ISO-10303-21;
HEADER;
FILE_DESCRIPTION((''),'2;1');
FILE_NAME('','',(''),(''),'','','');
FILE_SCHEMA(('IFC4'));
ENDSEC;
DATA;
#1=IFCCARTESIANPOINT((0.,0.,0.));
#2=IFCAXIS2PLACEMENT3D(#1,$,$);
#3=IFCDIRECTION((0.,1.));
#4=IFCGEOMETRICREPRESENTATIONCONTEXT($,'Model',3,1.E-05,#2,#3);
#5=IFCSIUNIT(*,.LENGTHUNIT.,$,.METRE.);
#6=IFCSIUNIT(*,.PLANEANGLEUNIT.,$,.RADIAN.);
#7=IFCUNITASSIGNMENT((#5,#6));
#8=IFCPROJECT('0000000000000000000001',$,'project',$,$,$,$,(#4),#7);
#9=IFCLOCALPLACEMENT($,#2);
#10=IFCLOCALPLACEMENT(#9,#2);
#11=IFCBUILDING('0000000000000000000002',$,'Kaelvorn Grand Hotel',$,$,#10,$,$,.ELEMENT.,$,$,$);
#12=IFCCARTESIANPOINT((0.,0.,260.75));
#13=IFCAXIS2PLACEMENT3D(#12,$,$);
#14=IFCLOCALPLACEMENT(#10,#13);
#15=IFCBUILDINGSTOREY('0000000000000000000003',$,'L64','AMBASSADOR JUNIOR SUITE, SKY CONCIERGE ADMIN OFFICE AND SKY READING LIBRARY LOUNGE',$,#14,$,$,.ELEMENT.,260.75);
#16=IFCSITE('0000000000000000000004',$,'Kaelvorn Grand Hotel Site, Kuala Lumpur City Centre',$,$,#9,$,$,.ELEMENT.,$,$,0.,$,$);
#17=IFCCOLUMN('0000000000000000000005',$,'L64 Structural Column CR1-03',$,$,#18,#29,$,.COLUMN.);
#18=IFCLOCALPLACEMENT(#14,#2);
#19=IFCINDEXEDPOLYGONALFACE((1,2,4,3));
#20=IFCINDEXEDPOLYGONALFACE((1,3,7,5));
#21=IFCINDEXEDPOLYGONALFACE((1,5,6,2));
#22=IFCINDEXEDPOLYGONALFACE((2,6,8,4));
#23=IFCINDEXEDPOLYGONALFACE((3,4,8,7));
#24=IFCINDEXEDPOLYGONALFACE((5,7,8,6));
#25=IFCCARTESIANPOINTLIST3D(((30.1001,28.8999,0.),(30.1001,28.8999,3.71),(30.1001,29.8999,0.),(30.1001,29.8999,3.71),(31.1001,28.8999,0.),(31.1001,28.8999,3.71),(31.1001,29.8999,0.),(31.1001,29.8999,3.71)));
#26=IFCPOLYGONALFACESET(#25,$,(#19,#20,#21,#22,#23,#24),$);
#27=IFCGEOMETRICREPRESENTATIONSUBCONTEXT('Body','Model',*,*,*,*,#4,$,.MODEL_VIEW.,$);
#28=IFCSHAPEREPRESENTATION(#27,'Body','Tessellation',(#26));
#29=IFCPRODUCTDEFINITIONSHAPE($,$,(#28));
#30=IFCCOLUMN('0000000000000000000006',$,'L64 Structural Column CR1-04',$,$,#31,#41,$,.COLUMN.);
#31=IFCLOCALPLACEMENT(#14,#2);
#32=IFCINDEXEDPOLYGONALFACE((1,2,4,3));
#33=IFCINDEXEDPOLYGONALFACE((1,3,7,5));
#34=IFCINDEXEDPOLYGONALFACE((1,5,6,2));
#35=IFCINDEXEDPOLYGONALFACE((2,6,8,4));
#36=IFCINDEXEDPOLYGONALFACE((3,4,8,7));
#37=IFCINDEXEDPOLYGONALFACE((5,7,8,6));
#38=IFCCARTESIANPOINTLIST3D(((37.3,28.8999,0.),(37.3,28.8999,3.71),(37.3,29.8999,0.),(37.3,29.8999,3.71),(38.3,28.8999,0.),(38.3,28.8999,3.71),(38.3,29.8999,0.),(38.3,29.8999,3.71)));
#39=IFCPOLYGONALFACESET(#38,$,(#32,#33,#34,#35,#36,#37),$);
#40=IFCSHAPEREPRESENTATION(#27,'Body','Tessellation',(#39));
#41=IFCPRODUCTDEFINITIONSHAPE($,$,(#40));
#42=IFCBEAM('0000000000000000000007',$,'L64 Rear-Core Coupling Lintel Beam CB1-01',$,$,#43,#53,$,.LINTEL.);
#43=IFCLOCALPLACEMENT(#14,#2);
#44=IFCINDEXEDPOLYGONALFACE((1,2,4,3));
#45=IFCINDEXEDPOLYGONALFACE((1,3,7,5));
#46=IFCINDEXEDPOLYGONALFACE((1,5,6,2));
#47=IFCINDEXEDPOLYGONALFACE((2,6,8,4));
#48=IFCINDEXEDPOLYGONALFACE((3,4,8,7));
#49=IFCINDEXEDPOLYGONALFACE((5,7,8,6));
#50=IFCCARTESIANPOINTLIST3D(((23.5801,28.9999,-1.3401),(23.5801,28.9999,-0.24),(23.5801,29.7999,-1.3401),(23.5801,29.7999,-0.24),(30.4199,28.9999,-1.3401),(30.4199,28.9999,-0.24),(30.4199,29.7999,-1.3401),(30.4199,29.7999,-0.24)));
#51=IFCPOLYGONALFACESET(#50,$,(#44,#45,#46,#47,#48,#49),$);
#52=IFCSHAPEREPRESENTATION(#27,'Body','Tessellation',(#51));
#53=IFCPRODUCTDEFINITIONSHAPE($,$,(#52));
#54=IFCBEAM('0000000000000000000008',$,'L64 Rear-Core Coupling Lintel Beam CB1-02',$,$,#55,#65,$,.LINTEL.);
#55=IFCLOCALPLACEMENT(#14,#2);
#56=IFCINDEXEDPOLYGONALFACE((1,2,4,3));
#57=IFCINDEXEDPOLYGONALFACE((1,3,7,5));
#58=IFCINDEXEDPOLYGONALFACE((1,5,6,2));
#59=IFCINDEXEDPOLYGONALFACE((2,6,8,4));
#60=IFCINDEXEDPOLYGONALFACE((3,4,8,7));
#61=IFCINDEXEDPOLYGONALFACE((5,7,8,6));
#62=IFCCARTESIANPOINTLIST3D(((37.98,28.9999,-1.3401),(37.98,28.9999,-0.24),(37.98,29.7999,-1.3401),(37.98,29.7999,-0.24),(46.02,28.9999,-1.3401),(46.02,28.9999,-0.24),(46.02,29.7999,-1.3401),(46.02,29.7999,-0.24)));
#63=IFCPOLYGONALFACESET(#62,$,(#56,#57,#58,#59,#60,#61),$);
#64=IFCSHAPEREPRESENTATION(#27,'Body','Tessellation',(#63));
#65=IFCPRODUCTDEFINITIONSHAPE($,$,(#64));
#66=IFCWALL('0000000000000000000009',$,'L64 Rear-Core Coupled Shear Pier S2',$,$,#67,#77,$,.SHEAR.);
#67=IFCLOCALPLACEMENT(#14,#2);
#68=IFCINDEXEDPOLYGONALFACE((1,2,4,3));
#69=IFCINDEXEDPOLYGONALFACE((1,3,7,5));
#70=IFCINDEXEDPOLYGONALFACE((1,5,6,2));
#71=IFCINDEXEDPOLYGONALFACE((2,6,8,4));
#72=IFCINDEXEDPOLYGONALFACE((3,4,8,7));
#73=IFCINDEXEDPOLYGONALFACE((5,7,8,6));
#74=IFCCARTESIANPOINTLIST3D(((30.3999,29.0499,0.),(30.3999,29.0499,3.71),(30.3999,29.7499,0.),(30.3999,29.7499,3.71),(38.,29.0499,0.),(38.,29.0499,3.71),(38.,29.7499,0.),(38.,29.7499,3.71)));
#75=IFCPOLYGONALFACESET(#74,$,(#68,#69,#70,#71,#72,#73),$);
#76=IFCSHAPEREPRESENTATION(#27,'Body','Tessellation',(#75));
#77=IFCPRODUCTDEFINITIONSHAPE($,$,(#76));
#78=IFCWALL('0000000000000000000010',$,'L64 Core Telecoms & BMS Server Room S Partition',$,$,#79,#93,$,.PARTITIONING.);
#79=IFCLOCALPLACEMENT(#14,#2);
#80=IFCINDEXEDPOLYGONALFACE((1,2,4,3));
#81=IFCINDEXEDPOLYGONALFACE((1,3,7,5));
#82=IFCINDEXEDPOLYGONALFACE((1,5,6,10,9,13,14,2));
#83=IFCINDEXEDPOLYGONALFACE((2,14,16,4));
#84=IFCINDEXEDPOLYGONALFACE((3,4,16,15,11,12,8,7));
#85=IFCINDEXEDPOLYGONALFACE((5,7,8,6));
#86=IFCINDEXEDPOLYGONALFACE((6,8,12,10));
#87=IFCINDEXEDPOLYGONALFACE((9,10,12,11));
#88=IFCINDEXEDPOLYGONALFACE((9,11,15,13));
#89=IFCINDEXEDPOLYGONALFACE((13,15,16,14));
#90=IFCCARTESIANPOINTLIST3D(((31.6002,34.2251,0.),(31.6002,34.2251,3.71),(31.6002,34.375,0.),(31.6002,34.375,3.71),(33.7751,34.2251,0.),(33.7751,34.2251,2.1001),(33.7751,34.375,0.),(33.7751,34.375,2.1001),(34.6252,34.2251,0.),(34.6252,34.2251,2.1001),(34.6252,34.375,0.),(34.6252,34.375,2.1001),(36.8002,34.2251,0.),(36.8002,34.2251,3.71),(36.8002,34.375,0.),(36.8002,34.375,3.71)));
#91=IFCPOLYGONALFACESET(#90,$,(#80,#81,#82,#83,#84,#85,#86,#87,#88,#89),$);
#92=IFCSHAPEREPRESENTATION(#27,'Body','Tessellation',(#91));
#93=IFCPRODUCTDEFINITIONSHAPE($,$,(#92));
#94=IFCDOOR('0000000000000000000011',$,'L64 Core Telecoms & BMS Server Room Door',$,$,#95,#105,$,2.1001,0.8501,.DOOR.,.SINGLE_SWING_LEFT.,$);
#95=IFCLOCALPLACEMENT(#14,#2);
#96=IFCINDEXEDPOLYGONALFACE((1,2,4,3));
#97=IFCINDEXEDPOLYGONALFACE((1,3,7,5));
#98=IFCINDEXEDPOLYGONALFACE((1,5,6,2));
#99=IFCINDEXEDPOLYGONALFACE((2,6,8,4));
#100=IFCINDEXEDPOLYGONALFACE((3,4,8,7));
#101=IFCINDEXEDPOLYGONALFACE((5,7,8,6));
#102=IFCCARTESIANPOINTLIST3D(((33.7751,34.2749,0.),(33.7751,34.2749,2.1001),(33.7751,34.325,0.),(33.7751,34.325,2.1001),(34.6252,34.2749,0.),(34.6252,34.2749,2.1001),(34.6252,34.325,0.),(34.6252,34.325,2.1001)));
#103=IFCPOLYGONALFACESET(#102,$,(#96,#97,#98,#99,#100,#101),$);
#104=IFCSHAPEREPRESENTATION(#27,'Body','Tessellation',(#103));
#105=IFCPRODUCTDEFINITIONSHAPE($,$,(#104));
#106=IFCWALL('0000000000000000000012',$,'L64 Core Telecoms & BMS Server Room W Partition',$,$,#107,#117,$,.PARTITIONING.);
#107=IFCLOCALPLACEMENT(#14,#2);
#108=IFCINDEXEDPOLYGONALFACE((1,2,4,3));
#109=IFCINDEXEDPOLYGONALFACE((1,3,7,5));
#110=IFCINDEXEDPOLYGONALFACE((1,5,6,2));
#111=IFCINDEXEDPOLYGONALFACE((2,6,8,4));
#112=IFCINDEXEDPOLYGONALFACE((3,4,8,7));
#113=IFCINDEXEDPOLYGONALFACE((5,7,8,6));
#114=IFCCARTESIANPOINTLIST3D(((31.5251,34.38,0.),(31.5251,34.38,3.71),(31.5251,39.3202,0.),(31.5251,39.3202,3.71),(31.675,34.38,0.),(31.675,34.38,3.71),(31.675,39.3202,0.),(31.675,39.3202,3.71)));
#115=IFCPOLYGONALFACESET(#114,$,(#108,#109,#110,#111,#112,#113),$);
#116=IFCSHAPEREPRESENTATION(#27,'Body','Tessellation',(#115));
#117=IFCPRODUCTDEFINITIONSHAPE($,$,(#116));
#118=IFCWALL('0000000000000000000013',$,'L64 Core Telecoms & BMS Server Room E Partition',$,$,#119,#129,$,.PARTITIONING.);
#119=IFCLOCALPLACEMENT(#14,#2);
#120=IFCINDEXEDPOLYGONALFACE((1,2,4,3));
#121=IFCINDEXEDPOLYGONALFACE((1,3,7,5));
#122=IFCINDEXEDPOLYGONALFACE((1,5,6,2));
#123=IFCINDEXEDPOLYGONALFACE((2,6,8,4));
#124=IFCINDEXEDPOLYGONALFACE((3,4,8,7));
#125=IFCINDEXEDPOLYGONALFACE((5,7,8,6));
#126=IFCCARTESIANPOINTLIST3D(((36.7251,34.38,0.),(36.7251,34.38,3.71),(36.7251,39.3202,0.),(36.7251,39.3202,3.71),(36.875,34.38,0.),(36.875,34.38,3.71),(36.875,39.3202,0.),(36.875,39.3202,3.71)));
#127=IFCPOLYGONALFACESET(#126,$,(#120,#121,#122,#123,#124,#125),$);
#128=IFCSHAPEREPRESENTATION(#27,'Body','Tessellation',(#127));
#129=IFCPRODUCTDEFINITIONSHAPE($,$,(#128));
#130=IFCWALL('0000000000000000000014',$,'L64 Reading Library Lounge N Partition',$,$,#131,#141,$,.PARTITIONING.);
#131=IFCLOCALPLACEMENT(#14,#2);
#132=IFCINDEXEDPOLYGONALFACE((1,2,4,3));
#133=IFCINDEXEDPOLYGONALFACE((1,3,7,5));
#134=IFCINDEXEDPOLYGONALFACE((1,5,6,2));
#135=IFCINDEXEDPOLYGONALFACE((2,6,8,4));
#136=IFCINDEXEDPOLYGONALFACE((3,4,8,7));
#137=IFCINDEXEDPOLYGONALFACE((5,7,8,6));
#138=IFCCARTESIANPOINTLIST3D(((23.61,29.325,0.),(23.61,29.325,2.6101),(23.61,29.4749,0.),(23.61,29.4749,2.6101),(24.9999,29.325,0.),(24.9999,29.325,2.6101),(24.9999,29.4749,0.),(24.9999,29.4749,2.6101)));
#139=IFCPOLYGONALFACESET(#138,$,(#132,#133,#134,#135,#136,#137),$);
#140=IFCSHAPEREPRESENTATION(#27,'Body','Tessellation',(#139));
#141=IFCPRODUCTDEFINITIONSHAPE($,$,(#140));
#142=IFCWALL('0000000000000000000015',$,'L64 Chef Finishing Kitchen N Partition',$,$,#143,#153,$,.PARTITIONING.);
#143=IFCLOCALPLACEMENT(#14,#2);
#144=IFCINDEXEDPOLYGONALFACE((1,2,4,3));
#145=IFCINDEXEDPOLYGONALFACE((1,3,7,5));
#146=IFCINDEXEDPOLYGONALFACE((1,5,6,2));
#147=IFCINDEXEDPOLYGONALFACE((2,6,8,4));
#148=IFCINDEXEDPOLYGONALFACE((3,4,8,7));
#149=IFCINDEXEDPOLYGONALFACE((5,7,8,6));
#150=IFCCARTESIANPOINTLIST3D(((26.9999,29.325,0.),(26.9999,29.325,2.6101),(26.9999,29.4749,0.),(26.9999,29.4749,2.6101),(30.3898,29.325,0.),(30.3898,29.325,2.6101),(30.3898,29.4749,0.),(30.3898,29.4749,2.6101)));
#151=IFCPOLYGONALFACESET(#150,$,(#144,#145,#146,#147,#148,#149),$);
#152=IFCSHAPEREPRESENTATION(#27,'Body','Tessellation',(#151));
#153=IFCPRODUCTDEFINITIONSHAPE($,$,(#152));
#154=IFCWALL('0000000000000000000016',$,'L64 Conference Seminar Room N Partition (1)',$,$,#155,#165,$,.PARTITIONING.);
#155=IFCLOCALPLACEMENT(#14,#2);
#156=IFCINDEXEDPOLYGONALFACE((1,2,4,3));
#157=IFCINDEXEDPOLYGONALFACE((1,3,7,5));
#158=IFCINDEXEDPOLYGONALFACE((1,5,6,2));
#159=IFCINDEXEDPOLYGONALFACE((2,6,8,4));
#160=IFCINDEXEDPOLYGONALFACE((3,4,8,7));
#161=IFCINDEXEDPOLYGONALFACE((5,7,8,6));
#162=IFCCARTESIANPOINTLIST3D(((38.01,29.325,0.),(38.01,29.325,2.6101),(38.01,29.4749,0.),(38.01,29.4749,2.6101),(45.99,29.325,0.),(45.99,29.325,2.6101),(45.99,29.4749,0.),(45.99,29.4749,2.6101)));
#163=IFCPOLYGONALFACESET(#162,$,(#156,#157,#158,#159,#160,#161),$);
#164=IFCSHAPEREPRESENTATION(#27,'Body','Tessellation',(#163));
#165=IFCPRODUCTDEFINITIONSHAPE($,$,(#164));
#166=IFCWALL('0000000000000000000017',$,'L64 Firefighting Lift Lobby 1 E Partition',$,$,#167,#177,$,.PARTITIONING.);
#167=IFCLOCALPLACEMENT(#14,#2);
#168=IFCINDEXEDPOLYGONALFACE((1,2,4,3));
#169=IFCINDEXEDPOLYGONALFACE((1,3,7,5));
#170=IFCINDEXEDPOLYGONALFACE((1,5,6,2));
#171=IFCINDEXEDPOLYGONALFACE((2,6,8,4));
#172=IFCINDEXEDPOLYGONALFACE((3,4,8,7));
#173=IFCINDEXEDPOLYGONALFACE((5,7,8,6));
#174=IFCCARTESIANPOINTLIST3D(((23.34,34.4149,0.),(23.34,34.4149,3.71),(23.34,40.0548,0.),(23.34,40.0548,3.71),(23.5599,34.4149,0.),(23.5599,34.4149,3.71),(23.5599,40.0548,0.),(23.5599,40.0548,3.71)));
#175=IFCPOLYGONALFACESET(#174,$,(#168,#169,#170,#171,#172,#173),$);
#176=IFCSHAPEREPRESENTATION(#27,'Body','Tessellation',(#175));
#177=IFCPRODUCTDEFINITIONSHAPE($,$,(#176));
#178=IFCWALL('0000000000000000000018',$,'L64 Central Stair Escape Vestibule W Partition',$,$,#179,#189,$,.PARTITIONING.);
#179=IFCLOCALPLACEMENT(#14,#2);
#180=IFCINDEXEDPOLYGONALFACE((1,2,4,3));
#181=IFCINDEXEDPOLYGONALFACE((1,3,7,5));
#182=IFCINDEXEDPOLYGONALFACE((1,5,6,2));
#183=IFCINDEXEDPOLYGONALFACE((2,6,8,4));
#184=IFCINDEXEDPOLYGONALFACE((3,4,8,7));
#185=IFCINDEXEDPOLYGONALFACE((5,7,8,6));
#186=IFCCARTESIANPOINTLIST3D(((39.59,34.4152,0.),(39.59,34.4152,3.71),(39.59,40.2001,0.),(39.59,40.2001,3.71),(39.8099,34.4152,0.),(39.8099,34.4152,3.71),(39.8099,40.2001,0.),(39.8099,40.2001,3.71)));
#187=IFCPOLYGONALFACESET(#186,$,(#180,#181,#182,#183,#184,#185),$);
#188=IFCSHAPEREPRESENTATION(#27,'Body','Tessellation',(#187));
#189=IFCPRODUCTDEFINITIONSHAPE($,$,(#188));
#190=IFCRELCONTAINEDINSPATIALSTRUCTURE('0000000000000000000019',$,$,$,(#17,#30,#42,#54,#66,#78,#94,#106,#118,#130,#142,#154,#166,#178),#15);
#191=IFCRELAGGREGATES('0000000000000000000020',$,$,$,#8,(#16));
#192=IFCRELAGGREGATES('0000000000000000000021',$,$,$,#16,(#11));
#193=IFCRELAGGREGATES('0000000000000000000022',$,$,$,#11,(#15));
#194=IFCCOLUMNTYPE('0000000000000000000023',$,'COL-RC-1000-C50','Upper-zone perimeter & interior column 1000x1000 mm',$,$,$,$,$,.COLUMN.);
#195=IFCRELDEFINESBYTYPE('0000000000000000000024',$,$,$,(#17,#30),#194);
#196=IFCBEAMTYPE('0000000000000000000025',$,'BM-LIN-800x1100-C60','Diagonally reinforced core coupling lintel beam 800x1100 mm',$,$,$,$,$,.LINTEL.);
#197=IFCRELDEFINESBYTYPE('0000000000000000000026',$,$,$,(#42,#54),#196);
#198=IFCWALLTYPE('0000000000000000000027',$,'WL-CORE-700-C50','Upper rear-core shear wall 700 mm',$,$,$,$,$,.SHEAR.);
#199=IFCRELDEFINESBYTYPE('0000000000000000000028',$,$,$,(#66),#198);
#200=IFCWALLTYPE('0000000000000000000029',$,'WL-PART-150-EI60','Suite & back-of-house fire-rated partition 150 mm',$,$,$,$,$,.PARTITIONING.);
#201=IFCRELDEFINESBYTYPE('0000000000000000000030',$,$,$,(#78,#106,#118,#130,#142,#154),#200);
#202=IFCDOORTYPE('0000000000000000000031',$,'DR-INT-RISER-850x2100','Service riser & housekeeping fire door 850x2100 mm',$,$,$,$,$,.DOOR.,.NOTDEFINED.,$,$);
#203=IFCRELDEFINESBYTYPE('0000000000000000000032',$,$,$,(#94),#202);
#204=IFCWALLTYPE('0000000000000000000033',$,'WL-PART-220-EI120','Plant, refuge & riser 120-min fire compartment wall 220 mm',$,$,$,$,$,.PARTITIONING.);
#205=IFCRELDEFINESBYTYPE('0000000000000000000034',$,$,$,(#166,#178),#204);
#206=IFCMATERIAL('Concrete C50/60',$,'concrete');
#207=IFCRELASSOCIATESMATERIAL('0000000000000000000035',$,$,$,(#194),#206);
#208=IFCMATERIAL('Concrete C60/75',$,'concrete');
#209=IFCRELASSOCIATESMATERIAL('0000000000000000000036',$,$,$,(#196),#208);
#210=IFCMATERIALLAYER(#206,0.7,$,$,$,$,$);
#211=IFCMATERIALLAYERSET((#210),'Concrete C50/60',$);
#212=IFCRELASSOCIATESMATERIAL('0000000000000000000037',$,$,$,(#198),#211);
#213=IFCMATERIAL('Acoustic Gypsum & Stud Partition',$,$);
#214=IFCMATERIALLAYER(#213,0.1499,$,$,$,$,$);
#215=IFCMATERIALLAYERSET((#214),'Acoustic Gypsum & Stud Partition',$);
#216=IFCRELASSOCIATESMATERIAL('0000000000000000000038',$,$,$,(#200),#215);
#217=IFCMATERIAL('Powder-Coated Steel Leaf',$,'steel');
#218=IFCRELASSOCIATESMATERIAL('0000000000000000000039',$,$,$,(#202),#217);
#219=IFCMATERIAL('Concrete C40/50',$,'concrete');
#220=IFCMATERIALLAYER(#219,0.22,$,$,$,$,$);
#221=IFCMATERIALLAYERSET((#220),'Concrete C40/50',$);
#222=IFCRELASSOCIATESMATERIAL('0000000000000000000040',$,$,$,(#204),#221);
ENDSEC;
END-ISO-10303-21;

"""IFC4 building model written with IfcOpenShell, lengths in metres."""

from ifc_helpers import new_model, si_unit, direction, frame, frame_2d, origin, origin_2d, place, context, subcontext, project, spatial, rectangle, extrude, material, layer, layer_set, material_profile, profile_set, type_object, element, fill, save


model = new_model("IFC4")

# Units and contexts
model_context = context("Model", 3, precision=1e-05, world=origin(), true_north=direction((0.0, 1.0)))
body_context = subcontext(model_context, "Body", "Model", "MODEL_VIEW")
ifc_project = project(units=[si_unit("LENGTHUNIT", "METRE"), si_unit("PLANEANGLEUNIT", "RADIAN")], contexts=[model_context])

# Site, building, storey
site_placement = place(None, origin())
site = spatial("IfcSite", under=ifc_project, at=site_placement, Name="Kaelvorn Grand Hotel Site, Kuala Lumpur City Centre", CompositionType="ELEMENT", RefElevation=0.0)
building_placement = place(site_placement, origin())
building = spatial("IfcBuilding", under=site, at=building_placement, Name="Kaelvorn Grand Hotel", CompositionType="ELEMENT")
storey_placement = place(building_placement, frame((0.0, 0.0, 260.75)))
storey = spatial("IfcBuildingStorey", under=building, at=storey_placement, Name="L64", Description="AMBASSADOR JUNIOR SUITE, SKY CONCIERGE ADMIN OFFICE AND SKY READING LIBRARY LOUNGE", CompositionType="ELEMENT", Elevation=260.75)

# Columns
ifc_material_1 = material(Name="Concrete C50/60", Category="concrete")
ifc_material_profile_1 = material_profile(ifc_material_1, rectangle(XDim=1.0, YDim=1.0, at=origin_2d()), Name="RC COL 1000x1000")
ifc_profile_set_1 = profile_set([ifc_material_profile_1], Name="Concrete C50/60")
column_type = type_object("IfcColumnType", Name="COL-RC-1000-C50", Description="Upper-zone perimeter & interior column 1000x1000 mm", PredefinedType="COLUMN", material=ifc_profile_set_1)
for number, where, z_axis, x_axis, name in (
    (1, (30.6001, 29.3999, 0.0), (0.0, 0.0, 1.0), (1.0, 0.0, 0.0), "L64 Structural Column CR1-03"),
    (2, (37.8, 29.3999, 0.0), (0.0, 0.0, 1.0), (1.0, 0.0, 0.0), "L64 Structural Column CR1-04"),
):
    element("IfcColumn", number, at=place(storey_placement, frame(where, z_axis=z_axis, x_axis=x_axis)), inside=storey, type_object=column_type, Name=name, PredefinedType="COLUMN", context=body_context, shape_type="SweptSolid", body=[
        extrude(rectangle(XDim=1.0, YDim=1.0, at=origin_2d()), origin(), (0.0, 0.0, 1.0), 3.71),
    ])

# Beams
ifc_material_2 = material(Name="Concrete C60/75", Category="concrete")
ifc_material_profile_2 = material_profile(ifc_material_2, rectangle(XDim=0.8, YDim=1.1001, at=origin_2d()), Name="RC LINTEL 800x1100")
ifc_profile_set_2 = profile_set([ifc_material_profile_2], Name="Concrete C60/75")
beam_type = type_object("IfcBeamType", Name="BM-LIN-800x1100-C60", Description="Diagonally reinforced core coupling lintel beam 800x1100 mm", PredefinedType="LINTEL", material=ifc_profile_set_2)
beam_1_placement = place(storey_placement, frame((23.5801, 29.3999, -0.79), z_axis=(1.0, 0.0, 0.0), x_axis=(0.0, 1.0, 0.0)))
element("IfcBeam", 3, at=beam_1_placement, inside=storey, type_object=beam_type, Name="L64 Rear-Core Coupling Lintel Beam CB1-01", PredefinedType="LINTEL", context=body_context, shape_type="SweptSolid", body=[
    extrude(rectangle(XDim=0.8, YDim=1.1001, at=origin_2d()), origin(), (0.0, 0.0, 1.0), 6.8398),
])
beam_2_placement = place(storey_placement, frame((37.98, 29.3999, -0.79), z_axis=(1.0, 0.0, 0.0), x_axis=(0.0, 1.0, 0.0)))
element("IfcBeam", 4, at=beam_2_placement, inside=storey, type_object=beam_type, Name="L64 Rear-Core Coupling Lintel Beam CB1-02", PredefinedType="LINTEL", context=body_context, shape_type="SweptSolid", body=[
    extrude(rectangle(XDim=0.8, YDim=1.1001, at=origin_2d()), origin(), (0.0, 0.0, 1.0), 8.04),
])

# Wall
ifc_layer_1 = layer(ifc_material_1, 0.7)
ifc_layer_set_1 = layer_set([ifc_layer_1], Name="Concrete C50/60")
wall_type_1 = type_object("IfcWallType", Name="WL-CORE-700-C50", Description="Upper rear-core shear wall 700 mm", PredefinedType="SHEAR", material=ifc_layer_set_1)
wall_1_placement = place(storey_placement, frame((30.3999, 29.3999, 0.0), z_axis=(0.0, 0.0, 1.0), x_axis=(1.0, 0.0, 0.0)))
element("IfcWall", 5, at=wall_1_placement, inside=storey, type_object=wall_type_1, Name="L64 Rear-Core Coupled Shear Pier S2", PredefinedType="SHEAR", context=body_context, shape_type="SweptSolid", body=[
    extrude(rectangle(XDim=7.6001, YDim=0.7, at=frame_2d((3.8, 0.0))), origin(), (0.0, 0.0, 1.0), 3.71),
])

# Wall, opening, door
ifc_material_3 = material(Name="Acoustic Gypsum & Stud Partition")
ifc_layer_2 = layer(ifc_material_3, 0.1499)
ifc_layer_set_2 = layer_set([ifc_layer_2], Name="Acoustic Gypsum & Stud Partition")
wall_type_2 = type_object("IfcWallType", Name="WL-PART-150-EI60", Description="Suite & back-of-house fire-rated partition 150 mm", PredefinedType="PARTITIONING", material=ifc_layer_set_2)
wall_2_placement = place(storey_placement, frame((31.6001, 34.3, 0.0), z_axis=(0.0, 0.0, 1.0), x_axis=(1.0, 0.0, 0.0)))
wall_2 = element("IfcWall", 6, at=wall_2_placement, inside=storey, type_object=wall_type_2, Name="L64 Core Telecoms & BMS Server Room S Partition", PredefinedType="PARTITIONING", context=body_context, shape_type="SweptSolid", body=[
    extrude(rectangle(XDim=5.2, YDim=0.1499, at=frame_2d((2.6001, 0.0))), origin(), (0.0, 0.0, 1.0), 3.71),
])
opening_1_placement = place(wall_2_placement, frame((2.175, 0.0, 0.0)))
opening_1 = element("IfcOpeningElement", 7, at=opening_1_placement, cuts=wall_2, PredefinedType="OPENING", context=body_context, shape_type="SweptSolid", body=[
    extrude(rectangle(XDim=0.8501, YDim=2.1001, at=frame_2d((0.425, 1.05))), frame((0.0, 0.085, 0.0), z_axis=(0.0, -1.0, 0.0), x_axis=(1.0, 0.0, 0.0)), (0.0, 0.0, 1.0), 0.1699),
])
ifc_material_4 = material(Name="Powder-Coated Steel Leaf", Category="steel")
door_type_1 = type_object("IfcDoorType", Name="DR-INT-RISER-850x2100", Description="Service riser & housekeeping fire door 850x2100 mm", OperationType="NOTDEFINED", PredefinedType="DOOR", material=ifc_material_4)
door_1_placement = place(opening_1_placement, origin())
door_1 = element("IfcDoor", 8, at=door_1_placement, inside=storey, type_object=door_type_1, Name="L64 Core Telecoms & BMS Server Room Door", OperationType="SINGLE_SWING_LEFT", OverallHeight=2.1001, OverallWidth=0.8501, PredefinedType="DOOR", context=body_context, shape_type="SweptSolid", body=[
    extrude(rectangle(XDim=0.8501, YDim=2.1001, at=frame_2d((0.425, 1.05))), frame((0.0, 0.0249, 0.0), z_axis=(0.0, -1.0, 0.0), x_axis=(1.0, 0.0, 0.0)), (0.0, 0.0, 1.0), 0.05),
])
fill(opening_1, door_1)

# Walls
for number, where, z_axis, x_axis, name in (
    (9, (31.6001, 34.3799, 0.0), (0.0, 0.0, 1.0), (0.0, 1.0, 0.0), "L64 Core Telecoms & BMS Server Room W Partition"),
    (10, (36.8, 34.3799, 0.0), (0.0, 0.0, 1.0), (0.0, 1.0, 0.0), "L64 Core Telecoms & BMS Server Room E Partition"),
):
    element("IfcWall", number, at=place(storey_placement, frame(where, z_axis=z_axis, x_axis=x_axis)), inside=storey, type_object=wall_type_2, Name=name, PredefinedType="PARTITIONING", context=body_context, shape_type="SweptSolid", body=[
        extrude(rectangle(XDim=4.9402, YDim=0.1499, at=frame_2d((2.4702, 0.0))), origin(), (0.0, 0.0, 1.0), 3.71),
    ])
wall_3_placement = place(storey_placement, frame((23.6101, 29.3999, 0.0), z_axis=(0.0, 0.0, 1.0), x_axis=(1.0, 0.0, 0.0)))
element("IfcWall", 11, at=wall_3_placement, inside=storey, type_object=wall_type_2, Name="L64 Reading Library Lounge N Partition", PredefinedType="PARTITIONING", context=body_context, shape_type="SweptSolid", body=[
    extrude(rectangle(XDim=1.3899, YDim=0.1499, at=frame_2d((0.6948, 0.0))), origin(), (0.0, 0.0, 1.0), 2.6101),
])
wall_4_placement = place(storey_placement, frame((27.0, 29.3999, 0.0), z_axis=(0.0, 0.0, 1.0), x_axis=(1.0, 0.0, 0.0)))
element("IfcWall", 12, at=wall_4_placement, inside=storey, type_object=wall_type_2, Name="L64 Chef Finishing Kitchen N Partition", PredefinedType="PARTITIONING", context=body_context, shape_type="SweptSolid", body=[
    extrude(rectangle(XDim=3.3899, YDim=0.1499, at=frame_2d((1.6948, 0.0))), origin(), (0.0, 0.0, 1.0), 2.6101),
])
wall_5_placement = place(storey_placement, frame((38.01, 29.3999, 0.0), z_axis=(0.0, 0.0, 1.0), x_axis=(1.0, 0.0, 0.0)))
element("IfcWall", 13, at=wall_5_placement, inside=storey, type_object=wall_type_2, Name="L64 Conference Seminar Room N Partition (1)", PredefinedType="PARTITIONING", context=body_context, shape_type="SweptSolid", body=[
    extrude(rectangle(XDim=7.98, YDim=0.1499, at=frame_2d((3.99, 0.0))), origin(), (0.0, 0.0, 1.0), 2.6101),
])
ifc_material_5 = material(Name="Concrete C40/50", Category="concrete")
ifc_layer_3 = layer(ifc_material_5, 0.22)
ifc_layer_set_3 = layer_set([ifc_layer_3], Name="Concrete C40/50")
wall_type_3 = type_object("IfcWallType", Name="WL-PART-220-EI120", Description="Plant, refuge & riser 120-min fire compartment wall 220 mm", PredefinedType="PARTITIONING", material=ifc_layer_set_3)
wall_6_placement = place(storey_placement, frame((23.45, 34.415, 0.0), z_axis=(0.0, 0.0, 1.0), x_axis=(0.0, 1.0, 0.0)))
element("IfcWall", 14, at=wall_6_placement, inside=storey, type_object=wall_type_3, Name="L64 Firefighting Lift Lobby 1 E Partition", PredefinedType="PARTITIONING", context=body_context, shape_type="SweptSolid", body=[
    extrude(rectangle(XDim=5.6399, YDim=0.22, at=frame_2d((2.8198, 0.0))), origin(), (0.0, 0.0, 1.0), 3.71),
])

# Wall
wall_7_placement = place(storey_placement, frame((39.7, 34.415, 0.0), z_axis=(0.0, 0.0, 1.0), x_axis=(0.0, 1.0, 0.0)))
element("IfcWall", 15, at=wall_7_placement, inside=storey, type_object=wall_type_3, Name="L64 Central Stair Escape Vestibule W Partition", PredefinedType="PARTITIONING", context=body_context, shape_type="SweptSolid", body=[
    extrude(rectangle(XDim=5.7849, YDim=0.22, at=frame_2d((2.8926, 0.0))), origin(), (0.0, 0.0, 1.0), 3.71),
])

save(model, "model.ifc")
